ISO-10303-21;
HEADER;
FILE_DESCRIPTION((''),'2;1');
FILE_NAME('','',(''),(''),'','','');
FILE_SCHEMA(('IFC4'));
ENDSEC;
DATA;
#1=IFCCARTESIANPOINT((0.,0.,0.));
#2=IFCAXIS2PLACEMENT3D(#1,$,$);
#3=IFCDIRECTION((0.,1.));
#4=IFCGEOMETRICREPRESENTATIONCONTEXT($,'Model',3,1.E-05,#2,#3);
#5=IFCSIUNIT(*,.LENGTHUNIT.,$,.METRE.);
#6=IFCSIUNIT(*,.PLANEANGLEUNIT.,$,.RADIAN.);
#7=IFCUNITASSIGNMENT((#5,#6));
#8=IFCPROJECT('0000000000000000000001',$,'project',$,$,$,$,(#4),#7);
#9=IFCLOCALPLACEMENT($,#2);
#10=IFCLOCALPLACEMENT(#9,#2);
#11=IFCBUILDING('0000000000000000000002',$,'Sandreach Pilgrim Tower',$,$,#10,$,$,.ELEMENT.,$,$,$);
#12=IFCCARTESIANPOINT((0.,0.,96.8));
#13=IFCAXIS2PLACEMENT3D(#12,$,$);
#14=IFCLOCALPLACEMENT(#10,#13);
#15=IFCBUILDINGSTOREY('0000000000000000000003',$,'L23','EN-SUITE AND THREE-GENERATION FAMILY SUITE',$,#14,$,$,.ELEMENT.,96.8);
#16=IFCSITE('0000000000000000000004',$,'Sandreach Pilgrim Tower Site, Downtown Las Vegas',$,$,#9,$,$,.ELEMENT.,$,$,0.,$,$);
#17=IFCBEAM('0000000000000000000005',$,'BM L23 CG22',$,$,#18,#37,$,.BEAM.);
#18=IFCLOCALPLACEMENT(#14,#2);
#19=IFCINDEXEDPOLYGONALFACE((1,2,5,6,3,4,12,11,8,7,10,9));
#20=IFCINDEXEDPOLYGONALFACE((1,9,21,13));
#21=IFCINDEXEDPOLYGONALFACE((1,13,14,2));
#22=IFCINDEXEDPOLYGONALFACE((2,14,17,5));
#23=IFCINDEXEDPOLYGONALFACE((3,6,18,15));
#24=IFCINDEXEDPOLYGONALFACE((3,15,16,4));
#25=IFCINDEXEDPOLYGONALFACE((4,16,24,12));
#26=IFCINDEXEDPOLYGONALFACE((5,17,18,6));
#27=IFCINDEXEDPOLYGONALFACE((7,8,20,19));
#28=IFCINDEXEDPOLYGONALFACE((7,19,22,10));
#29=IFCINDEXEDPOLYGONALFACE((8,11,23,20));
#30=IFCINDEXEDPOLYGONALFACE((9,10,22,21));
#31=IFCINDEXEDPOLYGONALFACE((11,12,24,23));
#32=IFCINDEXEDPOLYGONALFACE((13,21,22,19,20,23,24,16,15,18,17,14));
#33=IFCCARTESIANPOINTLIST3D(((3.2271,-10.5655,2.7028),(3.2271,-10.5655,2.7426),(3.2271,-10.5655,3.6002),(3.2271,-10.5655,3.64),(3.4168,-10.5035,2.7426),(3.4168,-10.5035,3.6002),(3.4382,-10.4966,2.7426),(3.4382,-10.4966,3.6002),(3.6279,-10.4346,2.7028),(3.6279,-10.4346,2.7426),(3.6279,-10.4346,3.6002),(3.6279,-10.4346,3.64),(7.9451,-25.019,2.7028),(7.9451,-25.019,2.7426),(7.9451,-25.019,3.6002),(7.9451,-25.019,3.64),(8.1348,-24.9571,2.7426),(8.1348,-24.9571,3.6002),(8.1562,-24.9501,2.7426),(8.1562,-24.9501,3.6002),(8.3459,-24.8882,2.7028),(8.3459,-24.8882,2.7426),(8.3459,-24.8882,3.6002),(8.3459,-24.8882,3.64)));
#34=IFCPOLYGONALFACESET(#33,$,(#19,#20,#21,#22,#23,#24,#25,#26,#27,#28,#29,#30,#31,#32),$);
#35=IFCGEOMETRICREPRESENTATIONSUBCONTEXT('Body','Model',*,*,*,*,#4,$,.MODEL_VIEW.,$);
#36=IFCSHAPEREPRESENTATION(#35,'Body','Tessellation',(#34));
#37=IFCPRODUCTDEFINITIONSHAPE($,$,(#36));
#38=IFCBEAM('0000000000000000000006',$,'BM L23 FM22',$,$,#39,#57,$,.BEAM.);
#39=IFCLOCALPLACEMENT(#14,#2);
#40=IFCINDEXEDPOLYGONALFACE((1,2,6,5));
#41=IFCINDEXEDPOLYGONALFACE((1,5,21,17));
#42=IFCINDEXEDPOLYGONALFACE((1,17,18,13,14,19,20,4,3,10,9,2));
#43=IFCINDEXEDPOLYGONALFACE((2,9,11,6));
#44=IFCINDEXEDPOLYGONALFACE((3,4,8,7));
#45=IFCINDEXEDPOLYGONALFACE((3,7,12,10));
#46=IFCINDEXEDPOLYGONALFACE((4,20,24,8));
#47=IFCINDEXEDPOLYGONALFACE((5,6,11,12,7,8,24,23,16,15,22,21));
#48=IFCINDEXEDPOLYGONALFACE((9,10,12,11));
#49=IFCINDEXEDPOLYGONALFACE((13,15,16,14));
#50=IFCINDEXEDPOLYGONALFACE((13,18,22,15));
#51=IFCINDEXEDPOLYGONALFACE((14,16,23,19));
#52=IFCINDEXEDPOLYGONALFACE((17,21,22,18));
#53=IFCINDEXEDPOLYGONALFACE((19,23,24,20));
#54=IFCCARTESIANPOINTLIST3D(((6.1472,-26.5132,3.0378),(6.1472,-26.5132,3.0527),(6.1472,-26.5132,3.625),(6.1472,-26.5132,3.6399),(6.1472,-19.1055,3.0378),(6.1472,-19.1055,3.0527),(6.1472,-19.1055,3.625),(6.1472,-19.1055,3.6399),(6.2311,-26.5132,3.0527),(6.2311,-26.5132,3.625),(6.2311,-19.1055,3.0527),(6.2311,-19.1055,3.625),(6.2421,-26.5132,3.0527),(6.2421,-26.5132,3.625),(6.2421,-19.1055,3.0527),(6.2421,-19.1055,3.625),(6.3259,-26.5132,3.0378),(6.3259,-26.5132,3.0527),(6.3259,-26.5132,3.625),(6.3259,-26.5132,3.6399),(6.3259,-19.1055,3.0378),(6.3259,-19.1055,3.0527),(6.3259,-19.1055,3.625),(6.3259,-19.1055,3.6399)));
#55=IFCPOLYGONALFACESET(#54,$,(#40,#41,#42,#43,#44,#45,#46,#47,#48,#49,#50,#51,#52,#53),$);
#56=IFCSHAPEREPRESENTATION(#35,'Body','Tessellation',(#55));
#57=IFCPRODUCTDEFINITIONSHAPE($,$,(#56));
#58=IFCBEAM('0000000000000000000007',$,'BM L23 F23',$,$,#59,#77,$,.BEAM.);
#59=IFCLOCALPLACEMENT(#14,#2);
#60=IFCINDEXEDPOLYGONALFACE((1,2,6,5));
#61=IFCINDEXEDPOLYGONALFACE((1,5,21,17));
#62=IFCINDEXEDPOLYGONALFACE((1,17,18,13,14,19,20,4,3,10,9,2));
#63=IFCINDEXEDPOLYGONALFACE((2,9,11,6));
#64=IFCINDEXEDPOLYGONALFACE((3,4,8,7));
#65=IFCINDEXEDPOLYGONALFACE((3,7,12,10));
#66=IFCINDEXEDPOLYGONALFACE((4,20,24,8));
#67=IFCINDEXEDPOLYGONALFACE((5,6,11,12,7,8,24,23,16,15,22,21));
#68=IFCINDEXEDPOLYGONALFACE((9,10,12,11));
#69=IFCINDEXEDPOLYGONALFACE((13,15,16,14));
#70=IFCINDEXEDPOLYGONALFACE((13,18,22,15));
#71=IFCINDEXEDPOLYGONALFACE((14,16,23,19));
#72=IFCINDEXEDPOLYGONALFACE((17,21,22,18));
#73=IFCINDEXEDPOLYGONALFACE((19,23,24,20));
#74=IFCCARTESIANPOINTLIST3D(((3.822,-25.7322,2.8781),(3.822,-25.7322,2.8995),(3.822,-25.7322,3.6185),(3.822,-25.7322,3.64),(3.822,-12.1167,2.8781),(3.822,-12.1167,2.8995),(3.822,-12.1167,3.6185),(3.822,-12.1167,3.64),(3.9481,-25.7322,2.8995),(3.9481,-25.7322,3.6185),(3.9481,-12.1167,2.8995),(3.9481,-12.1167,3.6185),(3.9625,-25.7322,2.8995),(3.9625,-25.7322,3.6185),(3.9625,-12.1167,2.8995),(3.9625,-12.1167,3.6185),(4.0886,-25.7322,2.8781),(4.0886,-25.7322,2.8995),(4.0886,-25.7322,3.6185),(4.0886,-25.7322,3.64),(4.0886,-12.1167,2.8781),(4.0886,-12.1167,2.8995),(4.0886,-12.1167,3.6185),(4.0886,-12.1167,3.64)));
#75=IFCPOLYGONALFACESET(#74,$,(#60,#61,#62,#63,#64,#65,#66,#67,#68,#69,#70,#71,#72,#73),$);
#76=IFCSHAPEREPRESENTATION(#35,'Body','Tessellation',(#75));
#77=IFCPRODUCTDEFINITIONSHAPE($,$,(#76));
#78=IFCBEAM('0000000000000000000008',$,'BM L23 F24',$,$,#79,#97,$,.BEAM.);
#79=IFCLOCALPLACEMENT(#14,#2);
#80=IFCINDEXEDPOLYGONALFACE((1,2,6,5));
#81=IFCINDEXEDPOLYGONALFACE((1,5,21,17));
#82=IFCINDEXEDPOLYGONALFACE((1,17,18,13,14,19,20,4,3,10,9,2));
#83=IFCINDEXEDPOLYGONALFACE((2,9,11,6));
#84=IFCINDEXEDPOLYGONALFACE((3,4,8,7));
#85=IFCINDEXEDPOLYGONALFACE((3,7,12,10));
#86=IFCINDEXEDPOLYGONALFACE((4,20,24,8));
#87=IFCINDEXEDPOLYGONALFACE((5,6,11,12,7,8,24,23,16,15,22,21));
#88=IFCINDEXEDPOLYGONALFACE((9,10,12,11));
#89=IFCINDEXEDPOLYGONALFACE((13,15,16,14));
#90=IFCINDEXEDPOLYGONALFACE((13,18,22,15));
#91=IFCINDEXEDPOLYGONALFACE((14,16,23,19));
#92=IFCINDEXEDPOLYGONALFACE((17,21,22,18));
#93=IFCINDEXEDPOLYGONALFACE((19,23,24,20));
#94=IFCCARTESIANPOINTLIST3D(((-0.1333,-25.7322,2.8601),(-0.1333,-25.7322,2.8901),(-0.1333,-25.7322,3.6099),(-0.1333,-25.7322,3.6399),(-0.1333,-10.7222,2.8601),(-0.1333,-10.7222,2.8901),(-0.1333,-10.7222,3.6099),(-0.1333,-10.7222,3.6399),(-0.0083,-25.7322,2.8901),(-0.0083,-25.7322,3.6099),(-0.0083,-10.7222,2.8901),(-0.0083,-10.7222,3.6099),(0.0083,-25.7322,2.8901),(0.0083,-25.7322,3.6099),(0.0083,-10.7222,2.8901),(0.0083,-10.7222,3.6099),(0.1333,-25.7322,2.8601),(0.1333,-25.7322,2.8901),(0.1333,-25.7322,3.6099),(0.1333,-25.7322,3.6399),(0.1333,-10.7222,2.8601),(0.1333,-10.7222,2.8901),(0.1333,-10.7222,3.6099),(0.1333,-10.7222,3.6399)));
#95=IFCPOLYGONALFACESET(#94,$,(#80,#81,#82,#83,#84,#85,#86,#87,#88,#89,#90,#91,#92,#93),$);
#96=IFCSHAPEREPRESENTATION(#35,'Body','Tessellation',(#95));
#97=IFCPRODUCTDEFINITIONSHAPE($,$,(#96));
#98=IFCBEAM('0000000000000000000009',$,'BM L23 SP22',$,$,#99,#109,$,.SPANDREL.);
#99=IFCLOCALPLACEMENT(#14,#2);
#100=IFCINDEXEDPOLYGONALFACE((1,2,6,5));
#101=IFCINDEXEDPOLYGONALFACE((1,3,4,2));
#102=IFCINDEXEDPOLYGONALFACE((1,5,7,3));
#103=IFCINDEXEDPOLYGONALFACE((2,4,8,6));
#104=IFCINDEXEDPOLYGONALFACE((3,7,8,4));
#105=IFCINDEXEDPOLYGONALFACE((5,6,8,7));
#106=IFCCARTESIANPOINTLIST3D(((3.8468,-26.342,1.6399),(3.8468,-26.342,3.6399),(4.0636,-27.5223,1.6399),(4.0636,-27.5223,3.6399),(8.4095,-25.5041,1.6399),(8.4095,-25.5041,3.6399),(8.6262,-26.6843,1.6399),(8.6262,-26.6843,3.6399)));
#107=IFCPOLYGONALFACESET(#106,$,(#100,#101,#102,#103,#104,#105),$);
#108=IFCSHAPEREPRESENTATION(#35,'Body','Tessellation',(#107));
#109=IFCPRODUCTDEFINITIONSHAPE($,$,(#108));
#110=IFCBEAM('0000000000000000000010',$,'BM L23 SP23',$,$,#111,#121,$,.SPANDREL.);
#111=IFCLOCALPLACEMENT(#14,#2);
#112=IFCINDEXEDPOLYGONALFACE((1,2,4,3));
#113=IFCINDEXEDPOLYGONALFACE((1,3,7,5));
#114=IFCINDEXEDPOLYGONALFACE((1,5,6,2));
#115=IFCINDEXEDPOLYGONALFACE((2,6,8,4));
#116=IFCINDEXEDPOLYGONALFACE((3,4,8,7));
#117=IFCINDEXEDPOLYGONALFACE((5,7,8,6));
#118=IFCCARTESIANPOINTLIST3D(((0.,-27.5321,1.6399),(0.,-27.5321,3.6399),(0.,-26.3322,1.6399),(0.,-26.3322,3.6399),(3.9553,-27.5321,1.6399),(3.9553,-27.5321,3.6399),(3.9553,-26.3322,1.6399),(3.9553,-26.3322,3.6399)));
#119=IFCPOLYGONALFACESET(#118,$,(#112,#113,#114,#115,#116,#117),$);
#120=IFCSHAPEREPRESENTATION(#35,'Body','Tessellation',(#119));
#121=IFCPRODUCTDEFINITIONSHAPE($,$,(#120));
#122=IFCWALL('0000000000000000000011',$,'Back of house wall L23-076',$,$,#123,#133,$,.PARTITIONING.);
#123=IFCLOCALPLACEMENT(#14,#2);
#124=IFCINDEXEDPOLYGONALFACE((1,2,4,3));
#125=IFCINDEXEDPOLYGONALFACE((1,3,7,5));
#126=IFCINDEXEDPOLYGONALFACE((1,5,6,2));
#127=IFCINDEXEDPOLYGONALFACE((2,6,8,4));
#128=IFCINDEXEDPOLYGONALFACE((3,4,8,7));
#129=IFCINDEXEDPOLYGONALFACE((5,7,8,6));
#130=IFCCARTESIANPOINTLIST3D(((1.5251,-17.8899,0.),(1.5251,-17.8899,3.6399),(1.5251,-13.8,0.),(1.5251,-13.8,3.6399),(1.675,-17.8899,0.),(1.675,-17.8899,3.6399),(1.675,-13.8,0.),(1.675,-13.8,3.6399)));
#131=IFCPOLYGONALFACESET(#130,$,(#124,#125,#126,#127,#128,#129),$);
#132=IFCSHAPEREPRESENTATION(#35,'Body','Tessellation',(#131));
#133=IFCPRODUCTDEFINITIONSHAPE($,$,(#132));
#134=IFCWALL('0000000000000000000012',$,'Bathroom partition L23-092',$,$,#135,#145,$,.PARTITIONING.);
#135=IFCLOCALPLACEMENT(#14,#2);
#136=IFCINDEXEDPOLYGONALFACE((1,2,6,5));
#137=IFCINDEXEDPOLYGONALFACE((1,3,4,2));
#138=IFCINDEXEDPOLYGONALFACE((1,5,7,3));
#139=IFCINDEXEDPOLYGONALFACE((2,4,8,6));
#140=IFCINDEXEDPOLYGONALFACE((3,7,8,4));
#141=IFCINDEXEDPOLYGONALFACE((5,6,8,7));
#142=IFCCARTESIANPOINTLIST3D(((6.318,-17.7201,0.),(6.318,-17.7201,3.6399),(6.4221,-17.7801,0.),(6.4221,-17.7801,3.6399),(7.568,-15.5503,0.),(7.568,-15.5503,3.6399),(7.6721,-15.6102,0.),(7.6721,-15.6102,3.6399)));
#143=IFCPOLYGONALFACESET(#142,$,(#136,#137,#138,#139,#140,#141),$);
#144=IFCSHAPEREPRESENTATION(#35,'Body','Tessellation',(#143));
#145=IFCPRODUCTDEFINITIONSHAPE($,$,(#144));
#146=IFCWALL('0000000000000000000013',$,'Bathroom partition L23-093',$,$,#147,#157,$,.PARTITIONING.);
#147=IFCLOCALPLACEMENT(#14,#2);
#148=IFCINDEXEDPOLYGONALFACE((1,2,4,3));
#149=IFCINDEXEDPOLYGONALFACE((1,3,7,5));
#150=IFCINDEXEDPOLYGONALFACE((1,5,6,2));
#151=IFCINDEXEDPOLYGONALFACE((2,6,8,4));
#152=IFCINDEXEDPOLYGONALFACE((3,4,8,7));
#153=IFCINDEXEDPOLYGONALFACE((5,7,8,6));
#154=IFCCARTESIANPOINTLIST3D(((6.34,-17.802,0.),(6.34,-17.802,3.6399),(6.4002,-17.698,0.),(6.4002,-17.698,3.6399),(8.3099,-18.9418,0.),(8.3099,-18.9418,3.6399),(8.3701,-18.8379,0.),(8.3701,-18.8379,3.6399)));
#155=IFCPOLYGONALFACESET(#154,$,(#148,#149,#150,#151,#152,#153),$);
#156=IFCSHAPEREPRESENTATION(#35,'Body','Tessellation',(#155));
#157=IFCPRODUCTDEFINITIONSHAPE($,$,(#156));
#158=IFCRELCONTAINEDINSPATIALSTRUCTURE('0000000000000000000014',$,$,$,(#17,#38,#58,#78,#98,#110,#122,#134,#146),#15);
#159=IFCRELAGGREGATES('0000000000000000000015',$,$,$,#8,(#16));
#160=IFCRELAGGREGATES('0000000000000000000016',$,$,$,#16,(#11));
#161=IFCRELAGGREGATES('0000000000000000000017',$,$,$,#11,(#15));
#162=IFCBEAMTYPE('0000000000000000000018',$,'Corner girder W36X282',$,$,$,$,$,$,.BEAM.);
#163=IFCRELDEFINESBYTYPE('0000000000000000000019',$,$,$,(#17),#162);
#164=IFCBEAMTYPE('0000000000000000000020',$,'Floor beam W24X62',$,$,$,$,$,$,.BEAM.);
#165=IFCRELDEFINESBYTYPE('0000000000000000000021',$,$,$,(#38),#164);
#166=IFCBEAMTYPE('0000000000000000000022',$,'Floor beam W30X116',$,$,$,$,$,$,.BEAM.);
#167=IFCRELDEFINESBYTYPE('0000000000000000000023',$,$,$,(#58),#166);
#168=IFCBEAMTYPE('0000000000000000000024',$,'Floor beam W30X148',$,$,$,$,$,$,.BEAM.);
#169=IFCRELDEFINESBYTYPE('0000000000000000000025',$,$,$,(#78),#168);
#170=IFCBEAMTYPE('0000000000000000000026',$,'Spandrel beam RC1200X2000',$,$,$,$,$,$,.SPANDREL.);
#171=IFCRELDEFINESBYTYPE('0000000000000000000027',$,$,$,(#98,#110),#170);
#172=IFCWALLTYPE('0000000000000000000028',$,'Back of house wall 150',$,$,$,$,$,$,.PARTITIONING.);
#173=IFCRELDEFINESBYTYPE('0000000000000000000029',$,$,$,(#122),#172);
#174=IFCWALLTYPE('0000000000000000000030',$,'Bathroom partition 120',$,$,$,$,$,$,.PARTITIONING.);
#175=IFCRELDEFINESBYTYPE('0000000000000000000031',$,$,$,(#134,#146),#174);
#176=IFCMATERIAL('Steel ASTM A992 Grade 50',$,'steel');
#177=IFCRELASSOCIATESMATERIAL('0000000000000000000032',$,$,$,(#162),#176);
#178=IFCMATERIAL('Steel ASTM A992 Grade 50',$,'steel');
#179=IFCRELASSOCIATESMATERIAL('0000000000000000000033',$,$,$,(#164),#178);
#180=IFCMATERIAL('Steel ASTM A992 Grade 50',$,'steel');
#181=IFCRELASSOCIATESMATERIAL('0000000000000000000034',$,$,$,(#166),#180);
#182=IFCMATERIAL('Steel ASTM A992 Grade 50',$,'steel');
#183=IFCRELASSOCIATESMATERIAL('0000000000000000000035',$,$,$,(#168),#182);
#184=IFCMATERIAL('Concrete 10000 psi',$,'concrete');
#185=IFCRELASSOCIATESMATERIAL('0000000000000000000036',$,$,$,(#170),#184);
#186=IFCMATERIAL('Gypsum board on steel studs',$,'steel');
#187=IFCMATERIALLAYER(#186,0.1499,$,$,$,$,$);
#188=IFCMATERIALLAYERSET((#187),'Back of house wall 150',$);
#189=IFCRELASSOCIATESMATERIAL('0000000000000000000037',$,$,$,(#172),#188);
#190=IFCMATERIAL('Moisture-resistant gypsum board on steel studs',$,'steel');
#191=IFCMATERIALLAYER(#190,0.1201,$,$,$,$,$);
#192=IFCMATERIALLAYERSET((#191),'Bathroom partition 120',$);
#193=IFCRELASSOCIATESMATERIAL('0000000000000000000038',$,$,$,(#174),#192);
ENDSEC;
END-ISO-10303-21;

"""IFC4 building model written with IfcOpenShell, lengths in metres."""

from ifc_helpers import new_model, si_unit, direction, frame, frame_2d, origin, origin_2d, place, context, subcontext, project, spatial, rectangle, i_section, extrude, material, layer, layer_set, material_profile, profile_set, type_object, element, save


model = new_model("IFC4")

# Units and contexts
model_context = context("Model", 3, precision=1e-05, world=origin(), true_north=direction((0.0, 1.0)))
body_context = subcontext(model_context, "Body", "Model", "MODEL_VIEW")
ifc_project = project(units=[si_unit("LENGTHUNIT", "METRE"), si_unit("PLANEANGLEUNIT", "RADIAN")], contexts=[model_context])

# Site, building, storey
site_placement = place(None, origin())
site = spatial("IfcSite", under=ifc_project, at=site_placement, Name="Sandreach Pilgrim Tower Site, Downtown Las Vegas", CompositionType="ELEMENT", RefElevation=0.0)
building_placement = place(site_placement, origin())
building = spatial("IfcBuilding", under=site, at=building_placement, Name="Sandreach Pilgrim Tower", CompositionType="ELEMENT")
storey_placement = place(building_placement, frame((0.0, 0.0, 96.8)))
storey = spatial("IfcBuildingStorey", under=building, at=storey_placement, Name="L23", Description="EN-SUITE AND THREE-GENERATION FAMILY SUITE", CompositionType="ELEMENT", Elevation=96.8)

# Beams
ifc_material_1 = material(Name="Steel ASTM A992 Grade 50", Category="steel")
ifc_material_profile_1 = material_profile(ifc_material_1, i_section(OverallWidth=0.4216, OverallDepth=0.9373, WebThickness=0.0225, FlangeThickness=0.0398, at=origin_2d()), Name="W36X282")
ifc_profile_set_1 = profile_set([ifc_material_profile_1], Name="Steel ASTM A992 Grade 50")
beam_type_1 = type_object("IfcBeamType", Name="Corner girder W36X282", PredefinedType="BEAM", material=ifc_profile_set_1)
beam_1_placement = place(storey_placement, frame((8.1455, -24.9536, 3.1714), z_axis=(-0.310311, 0.950635, 0.0), x_axis=(-0.950635, -0.310311, 0.0)))
element("IfcBeam", 1, at=beam_1_placement, inside=storey, type_object=beam_type_1, Name="BM L23 CG22", PredefinedType="BEAM", context=body_context, shape_type="SweptSolid", body=[
    extrude(i_section(OverallWidth=0.4216, OverallDepth=0.9373, WebThickness=0.0225, FlangeThickness=0.0398, at=origin_2d()), origin(), (0.0, 0.0, 1.0), 15.2041),
])
ifc_material_2 = material(Name="Steel ASTM A992 Grade 50", Category="steel")
ifc_material_profile_2 = material_profile(ifc_material_2, i_section(OverallWidth=0.1787, OverallDepth=0.6021, WebThickness=0.011, FlangeThickness=0.0149, at=origin_2d()), Name="W24X62")
ifc_profile_set_2 = profile_set([ifc_material_profile_2], Name="Steel ASTM A992 Grade 50")
beam_type_2 = type_object("IfcBeamType", Name="Floor beam W24X62", PredefinedType="BEAM", material=ifc_profile_set_2)
beam_2_placement = place(storey_placement, frame((6.2366, -26.5132, 3.3389), z_axis=(0.0, 1.0, 0.0), x_axis=(-1.0, 0.0, 0.0)))
element("IfcBeam", 2, at=beam_2_placement, inside=storey, type_object=beam_type_2, Name="BM L23 FM22", PredefinedType="BEAM", context=body_context, shape_type="SweptSolid", body=[
    extrude(i_section(OverallWidth=0.1787, OverallDepth=0.6021, WebThickness=0.011, FlangeThickness=0.0149, at=origin_2d()), origin(), (0.0, 0.0, 1.0), 7.4077),
])
ifc_material_3 = material(Name="Steel ASTM A992 Grade 50", Category="steel")
ifc_material_profile_3 = material_profile(ifc_material_3, i_section(OverallWidth=0.2666, OverallDepth=0.762, WebThickness=0.0144, FlangeThickness=0.0215, at=origin_2d()), Name="W30X116")
ifc_profile_set_3 = profile_set([ifc_material_profile_3], Name="Steel ASTM A992 Grade 50")
beam_type_3 = type_object("IfcBeamType", Name="Floor beam W30X116", PredefinedType="BEAM", material=ifc_profile_set_3)
beam_3_placement = place(storey_placement, frame((3.9553, -25.7322, 3.259), z_axis=(0.0, 1.0, 0.0), x_axis=(-1.0, 0.0, 0.0)))
element("IfcBeam", 3, at=beam_3_placement, inside=storey, type_object=beam_type_3, Name="BM L23 F23", PredefinedType="BEAM", context=body_context, shape_type="SweptSolid", body=[
    extrude(i_section(OverallWidth=0.2666, OverallDepth=0.762, WebThickness=0.0144, FlangeThickness=0.0215, at=origin_2d()), origin(), (0.0, 0.0, 1.0), 13.6155),
])
ifc_material_4 = material(Name="Steel ASTM A992 Grade 50", Category="steel")
ifc_material_profile_4 = material_profile(ifc_material_4, i_section(OverallWidth=0.2666, OverallDepth=0.7798, WebThickness=0.0166, FlangeThickness=0.03, at=origin_2d()), Name="W30X148")
ifc_profile_set_4 = profile_set([ifc_material_profile_4], Name="Steel ASTM A992 Grade 50")
beam_type_4 = type_object("IfcBeamType", Name="Floor beam W30X148", PredefinedType="BEAM", material=ifc_profile_set_4)
beam_4_placement = place(storey_placement, frame((0.0, -25.7322, 3.25), z_axis=(0.0, 1.0, 0.0), x_axis=(-1.0, 0.0, 0.0)))
element("IfcBeam", 4, at=beam_4_placement, inside=storey, type_object=beam_type_4, Name="BM L23 F24", PredefinedType="BEAM", context=body_context, shape_type="SweptSolid", body=[
    extrude(i_section(OverallWidth=0.2666, OverallDepth=0.7798, WebThickness=0.0166, FlangeThickness=0.03, at=origin_2d()), origin(), (0.0, 0.0, 1.0), 15.01),
])
ifc_material_5 = material(Name="Concrete 10000 psi", Category="concrete")
ifc_material_profile_5 = material_profile(ifc_material_5, rectangle(XDim=1.2, YDim=2.0, at=origin_2d()), Name="RC1200X2000")
ifc_profile_set_5 = profile_set([ifc_material_profile_5], Name="Concrete 10000 psi")
beam_type_5 = type_object("IfcBeamType", Name="Spandrel beam RC1200X2000", PredefinedType="SPANDREL", material=ifc_profile_set_5)
beam_5_placement = place(storey_placement, frame((8.5178, -26.0942, 2.6399), z_axis=(-0.983552, -0.180627, 0.0), x_axis=(0.180627, -0.983552, 0.0)))
element("IfcBeam", 5, at=beam_5_placement, inside=storey, type_object=beam_type_5, Name="BM L23 SP22", PredefinedType="SPANDREL", context=body_context, shape_type="SweptSolid", body=[
    extrude(rectangle(XDim=1.2, YDim=2.0, at=origin_2d()), origin(), (0.0, 0.0, 1.0), 4.6389),
])
beam_6_placement = place(storey_placement, frame((3.9553, -26.9321, 2.6399), z_axis=(-1.0, 0.0, 0.0), x_axis=(0.0, -1.0, 0.0)))
element("IfcBeam", 6, at=beam_6_placement, inside=storey, type_object=beam_type_5, Name="BM L23 SP23", PredefinedType="SPANDREL", context=body_context, shape_type="SweptSolid", body=[
    extrude(rectangle(XDim=1.2, YDim=2.0, at=origin_2d()), origin(), (0.0, 0.0, 1.0), 3.9553),
])

# Walls
ifc_material_6 = material(Name="Gypsum board on steel studs", Category="steel")
ifc_layer_1 = layer(ifc_material_6, 0.1499)
ifc_layer_set_1 = layer_set([ifc_layer_1], Name="Back of house wall 150")
wall_type_1 = type_object("IfcWallType", Name="Back of house wall 150", PredefinedType="PARTITIONING", material=ifc_layer_set_1)
wall_1_placement = place(storey_placement, frame((1.6001, -13.8, 0.0), z_axis=(0.0, 0.0, 1.0), x_axis=(0.0, -1.0, 0.0)))
element("IfcWall", 7, at=wall_1_placement, inside=storey, type_object=wall_type_1, Name="Back of house wall L23-076", PredefinedType="PARTITIONING", context=body_context, shape_type="SweptSolid", body=[
    extrude(rectangle(XDim=4.0898, YDim=0.1499, at=frame_2d((2.0449, 0.0))), origin(), (0.0, 0.0, 1.0), 3.6399),
])
ifc_material_7 = material(Name="Moisture-resistant gypsum board on steel studs", Category="steel")
ifc_layer_2 = layer(ifc_material_7, 0.1201)
ifc_layer_set_2 = layer_set([ifc_layer_2], Name="Bathroom partition 120")
wall_type_2 = type_object("IfcWallType", Name="Bathroom partition 120", PredefinedType="PARTITIONING", material=ifc_layer_set_2)
wall_2_placement = place(storey_placement, frame((6.3701, -17.75, 0.0), z_axis=(0.0, 0.0, 1.0), x_axis=(0.49916, 0.86651, 0.0)))
element("IfcWall", 8, at=wall_2_placement, inside=storey, type_object=wall_type_2, Name="Bathroom partition L23-092", PredefinedType="PARTITIONING", context=body_context, shape_type="SweptSolid", body=[
    extrude(rectangle(XDim=2.5042, YDim=0.1201, at=frame_2d((1.252, 0.0))), origin(), (0.0, 0.0, 1.0), 3.6399),
])
wall_3_placement = place(storey_placement, frame((6.3701, -17.75, 0.0), z_axis=(0.0, 0.0, 1.0), x_axis=(0.865544, -0.500833, 0.0)))
element("IfcWall", 9, at=wall_3_placement, inside=storey, type_object=wall_type_2, Name="Bathroom partition L23-093", PredefinedType="PARTITIONING", context=body_context, shape_type="SweptSolid", body=[
    extrude(rectangle(XDim=2.2759, YDim=0.1201, at=frame_2d((1.1379, 0.0))), origin(), (0.0, 0.0, 1.0), 3.6399),
])

save(model, "model.ifc")
